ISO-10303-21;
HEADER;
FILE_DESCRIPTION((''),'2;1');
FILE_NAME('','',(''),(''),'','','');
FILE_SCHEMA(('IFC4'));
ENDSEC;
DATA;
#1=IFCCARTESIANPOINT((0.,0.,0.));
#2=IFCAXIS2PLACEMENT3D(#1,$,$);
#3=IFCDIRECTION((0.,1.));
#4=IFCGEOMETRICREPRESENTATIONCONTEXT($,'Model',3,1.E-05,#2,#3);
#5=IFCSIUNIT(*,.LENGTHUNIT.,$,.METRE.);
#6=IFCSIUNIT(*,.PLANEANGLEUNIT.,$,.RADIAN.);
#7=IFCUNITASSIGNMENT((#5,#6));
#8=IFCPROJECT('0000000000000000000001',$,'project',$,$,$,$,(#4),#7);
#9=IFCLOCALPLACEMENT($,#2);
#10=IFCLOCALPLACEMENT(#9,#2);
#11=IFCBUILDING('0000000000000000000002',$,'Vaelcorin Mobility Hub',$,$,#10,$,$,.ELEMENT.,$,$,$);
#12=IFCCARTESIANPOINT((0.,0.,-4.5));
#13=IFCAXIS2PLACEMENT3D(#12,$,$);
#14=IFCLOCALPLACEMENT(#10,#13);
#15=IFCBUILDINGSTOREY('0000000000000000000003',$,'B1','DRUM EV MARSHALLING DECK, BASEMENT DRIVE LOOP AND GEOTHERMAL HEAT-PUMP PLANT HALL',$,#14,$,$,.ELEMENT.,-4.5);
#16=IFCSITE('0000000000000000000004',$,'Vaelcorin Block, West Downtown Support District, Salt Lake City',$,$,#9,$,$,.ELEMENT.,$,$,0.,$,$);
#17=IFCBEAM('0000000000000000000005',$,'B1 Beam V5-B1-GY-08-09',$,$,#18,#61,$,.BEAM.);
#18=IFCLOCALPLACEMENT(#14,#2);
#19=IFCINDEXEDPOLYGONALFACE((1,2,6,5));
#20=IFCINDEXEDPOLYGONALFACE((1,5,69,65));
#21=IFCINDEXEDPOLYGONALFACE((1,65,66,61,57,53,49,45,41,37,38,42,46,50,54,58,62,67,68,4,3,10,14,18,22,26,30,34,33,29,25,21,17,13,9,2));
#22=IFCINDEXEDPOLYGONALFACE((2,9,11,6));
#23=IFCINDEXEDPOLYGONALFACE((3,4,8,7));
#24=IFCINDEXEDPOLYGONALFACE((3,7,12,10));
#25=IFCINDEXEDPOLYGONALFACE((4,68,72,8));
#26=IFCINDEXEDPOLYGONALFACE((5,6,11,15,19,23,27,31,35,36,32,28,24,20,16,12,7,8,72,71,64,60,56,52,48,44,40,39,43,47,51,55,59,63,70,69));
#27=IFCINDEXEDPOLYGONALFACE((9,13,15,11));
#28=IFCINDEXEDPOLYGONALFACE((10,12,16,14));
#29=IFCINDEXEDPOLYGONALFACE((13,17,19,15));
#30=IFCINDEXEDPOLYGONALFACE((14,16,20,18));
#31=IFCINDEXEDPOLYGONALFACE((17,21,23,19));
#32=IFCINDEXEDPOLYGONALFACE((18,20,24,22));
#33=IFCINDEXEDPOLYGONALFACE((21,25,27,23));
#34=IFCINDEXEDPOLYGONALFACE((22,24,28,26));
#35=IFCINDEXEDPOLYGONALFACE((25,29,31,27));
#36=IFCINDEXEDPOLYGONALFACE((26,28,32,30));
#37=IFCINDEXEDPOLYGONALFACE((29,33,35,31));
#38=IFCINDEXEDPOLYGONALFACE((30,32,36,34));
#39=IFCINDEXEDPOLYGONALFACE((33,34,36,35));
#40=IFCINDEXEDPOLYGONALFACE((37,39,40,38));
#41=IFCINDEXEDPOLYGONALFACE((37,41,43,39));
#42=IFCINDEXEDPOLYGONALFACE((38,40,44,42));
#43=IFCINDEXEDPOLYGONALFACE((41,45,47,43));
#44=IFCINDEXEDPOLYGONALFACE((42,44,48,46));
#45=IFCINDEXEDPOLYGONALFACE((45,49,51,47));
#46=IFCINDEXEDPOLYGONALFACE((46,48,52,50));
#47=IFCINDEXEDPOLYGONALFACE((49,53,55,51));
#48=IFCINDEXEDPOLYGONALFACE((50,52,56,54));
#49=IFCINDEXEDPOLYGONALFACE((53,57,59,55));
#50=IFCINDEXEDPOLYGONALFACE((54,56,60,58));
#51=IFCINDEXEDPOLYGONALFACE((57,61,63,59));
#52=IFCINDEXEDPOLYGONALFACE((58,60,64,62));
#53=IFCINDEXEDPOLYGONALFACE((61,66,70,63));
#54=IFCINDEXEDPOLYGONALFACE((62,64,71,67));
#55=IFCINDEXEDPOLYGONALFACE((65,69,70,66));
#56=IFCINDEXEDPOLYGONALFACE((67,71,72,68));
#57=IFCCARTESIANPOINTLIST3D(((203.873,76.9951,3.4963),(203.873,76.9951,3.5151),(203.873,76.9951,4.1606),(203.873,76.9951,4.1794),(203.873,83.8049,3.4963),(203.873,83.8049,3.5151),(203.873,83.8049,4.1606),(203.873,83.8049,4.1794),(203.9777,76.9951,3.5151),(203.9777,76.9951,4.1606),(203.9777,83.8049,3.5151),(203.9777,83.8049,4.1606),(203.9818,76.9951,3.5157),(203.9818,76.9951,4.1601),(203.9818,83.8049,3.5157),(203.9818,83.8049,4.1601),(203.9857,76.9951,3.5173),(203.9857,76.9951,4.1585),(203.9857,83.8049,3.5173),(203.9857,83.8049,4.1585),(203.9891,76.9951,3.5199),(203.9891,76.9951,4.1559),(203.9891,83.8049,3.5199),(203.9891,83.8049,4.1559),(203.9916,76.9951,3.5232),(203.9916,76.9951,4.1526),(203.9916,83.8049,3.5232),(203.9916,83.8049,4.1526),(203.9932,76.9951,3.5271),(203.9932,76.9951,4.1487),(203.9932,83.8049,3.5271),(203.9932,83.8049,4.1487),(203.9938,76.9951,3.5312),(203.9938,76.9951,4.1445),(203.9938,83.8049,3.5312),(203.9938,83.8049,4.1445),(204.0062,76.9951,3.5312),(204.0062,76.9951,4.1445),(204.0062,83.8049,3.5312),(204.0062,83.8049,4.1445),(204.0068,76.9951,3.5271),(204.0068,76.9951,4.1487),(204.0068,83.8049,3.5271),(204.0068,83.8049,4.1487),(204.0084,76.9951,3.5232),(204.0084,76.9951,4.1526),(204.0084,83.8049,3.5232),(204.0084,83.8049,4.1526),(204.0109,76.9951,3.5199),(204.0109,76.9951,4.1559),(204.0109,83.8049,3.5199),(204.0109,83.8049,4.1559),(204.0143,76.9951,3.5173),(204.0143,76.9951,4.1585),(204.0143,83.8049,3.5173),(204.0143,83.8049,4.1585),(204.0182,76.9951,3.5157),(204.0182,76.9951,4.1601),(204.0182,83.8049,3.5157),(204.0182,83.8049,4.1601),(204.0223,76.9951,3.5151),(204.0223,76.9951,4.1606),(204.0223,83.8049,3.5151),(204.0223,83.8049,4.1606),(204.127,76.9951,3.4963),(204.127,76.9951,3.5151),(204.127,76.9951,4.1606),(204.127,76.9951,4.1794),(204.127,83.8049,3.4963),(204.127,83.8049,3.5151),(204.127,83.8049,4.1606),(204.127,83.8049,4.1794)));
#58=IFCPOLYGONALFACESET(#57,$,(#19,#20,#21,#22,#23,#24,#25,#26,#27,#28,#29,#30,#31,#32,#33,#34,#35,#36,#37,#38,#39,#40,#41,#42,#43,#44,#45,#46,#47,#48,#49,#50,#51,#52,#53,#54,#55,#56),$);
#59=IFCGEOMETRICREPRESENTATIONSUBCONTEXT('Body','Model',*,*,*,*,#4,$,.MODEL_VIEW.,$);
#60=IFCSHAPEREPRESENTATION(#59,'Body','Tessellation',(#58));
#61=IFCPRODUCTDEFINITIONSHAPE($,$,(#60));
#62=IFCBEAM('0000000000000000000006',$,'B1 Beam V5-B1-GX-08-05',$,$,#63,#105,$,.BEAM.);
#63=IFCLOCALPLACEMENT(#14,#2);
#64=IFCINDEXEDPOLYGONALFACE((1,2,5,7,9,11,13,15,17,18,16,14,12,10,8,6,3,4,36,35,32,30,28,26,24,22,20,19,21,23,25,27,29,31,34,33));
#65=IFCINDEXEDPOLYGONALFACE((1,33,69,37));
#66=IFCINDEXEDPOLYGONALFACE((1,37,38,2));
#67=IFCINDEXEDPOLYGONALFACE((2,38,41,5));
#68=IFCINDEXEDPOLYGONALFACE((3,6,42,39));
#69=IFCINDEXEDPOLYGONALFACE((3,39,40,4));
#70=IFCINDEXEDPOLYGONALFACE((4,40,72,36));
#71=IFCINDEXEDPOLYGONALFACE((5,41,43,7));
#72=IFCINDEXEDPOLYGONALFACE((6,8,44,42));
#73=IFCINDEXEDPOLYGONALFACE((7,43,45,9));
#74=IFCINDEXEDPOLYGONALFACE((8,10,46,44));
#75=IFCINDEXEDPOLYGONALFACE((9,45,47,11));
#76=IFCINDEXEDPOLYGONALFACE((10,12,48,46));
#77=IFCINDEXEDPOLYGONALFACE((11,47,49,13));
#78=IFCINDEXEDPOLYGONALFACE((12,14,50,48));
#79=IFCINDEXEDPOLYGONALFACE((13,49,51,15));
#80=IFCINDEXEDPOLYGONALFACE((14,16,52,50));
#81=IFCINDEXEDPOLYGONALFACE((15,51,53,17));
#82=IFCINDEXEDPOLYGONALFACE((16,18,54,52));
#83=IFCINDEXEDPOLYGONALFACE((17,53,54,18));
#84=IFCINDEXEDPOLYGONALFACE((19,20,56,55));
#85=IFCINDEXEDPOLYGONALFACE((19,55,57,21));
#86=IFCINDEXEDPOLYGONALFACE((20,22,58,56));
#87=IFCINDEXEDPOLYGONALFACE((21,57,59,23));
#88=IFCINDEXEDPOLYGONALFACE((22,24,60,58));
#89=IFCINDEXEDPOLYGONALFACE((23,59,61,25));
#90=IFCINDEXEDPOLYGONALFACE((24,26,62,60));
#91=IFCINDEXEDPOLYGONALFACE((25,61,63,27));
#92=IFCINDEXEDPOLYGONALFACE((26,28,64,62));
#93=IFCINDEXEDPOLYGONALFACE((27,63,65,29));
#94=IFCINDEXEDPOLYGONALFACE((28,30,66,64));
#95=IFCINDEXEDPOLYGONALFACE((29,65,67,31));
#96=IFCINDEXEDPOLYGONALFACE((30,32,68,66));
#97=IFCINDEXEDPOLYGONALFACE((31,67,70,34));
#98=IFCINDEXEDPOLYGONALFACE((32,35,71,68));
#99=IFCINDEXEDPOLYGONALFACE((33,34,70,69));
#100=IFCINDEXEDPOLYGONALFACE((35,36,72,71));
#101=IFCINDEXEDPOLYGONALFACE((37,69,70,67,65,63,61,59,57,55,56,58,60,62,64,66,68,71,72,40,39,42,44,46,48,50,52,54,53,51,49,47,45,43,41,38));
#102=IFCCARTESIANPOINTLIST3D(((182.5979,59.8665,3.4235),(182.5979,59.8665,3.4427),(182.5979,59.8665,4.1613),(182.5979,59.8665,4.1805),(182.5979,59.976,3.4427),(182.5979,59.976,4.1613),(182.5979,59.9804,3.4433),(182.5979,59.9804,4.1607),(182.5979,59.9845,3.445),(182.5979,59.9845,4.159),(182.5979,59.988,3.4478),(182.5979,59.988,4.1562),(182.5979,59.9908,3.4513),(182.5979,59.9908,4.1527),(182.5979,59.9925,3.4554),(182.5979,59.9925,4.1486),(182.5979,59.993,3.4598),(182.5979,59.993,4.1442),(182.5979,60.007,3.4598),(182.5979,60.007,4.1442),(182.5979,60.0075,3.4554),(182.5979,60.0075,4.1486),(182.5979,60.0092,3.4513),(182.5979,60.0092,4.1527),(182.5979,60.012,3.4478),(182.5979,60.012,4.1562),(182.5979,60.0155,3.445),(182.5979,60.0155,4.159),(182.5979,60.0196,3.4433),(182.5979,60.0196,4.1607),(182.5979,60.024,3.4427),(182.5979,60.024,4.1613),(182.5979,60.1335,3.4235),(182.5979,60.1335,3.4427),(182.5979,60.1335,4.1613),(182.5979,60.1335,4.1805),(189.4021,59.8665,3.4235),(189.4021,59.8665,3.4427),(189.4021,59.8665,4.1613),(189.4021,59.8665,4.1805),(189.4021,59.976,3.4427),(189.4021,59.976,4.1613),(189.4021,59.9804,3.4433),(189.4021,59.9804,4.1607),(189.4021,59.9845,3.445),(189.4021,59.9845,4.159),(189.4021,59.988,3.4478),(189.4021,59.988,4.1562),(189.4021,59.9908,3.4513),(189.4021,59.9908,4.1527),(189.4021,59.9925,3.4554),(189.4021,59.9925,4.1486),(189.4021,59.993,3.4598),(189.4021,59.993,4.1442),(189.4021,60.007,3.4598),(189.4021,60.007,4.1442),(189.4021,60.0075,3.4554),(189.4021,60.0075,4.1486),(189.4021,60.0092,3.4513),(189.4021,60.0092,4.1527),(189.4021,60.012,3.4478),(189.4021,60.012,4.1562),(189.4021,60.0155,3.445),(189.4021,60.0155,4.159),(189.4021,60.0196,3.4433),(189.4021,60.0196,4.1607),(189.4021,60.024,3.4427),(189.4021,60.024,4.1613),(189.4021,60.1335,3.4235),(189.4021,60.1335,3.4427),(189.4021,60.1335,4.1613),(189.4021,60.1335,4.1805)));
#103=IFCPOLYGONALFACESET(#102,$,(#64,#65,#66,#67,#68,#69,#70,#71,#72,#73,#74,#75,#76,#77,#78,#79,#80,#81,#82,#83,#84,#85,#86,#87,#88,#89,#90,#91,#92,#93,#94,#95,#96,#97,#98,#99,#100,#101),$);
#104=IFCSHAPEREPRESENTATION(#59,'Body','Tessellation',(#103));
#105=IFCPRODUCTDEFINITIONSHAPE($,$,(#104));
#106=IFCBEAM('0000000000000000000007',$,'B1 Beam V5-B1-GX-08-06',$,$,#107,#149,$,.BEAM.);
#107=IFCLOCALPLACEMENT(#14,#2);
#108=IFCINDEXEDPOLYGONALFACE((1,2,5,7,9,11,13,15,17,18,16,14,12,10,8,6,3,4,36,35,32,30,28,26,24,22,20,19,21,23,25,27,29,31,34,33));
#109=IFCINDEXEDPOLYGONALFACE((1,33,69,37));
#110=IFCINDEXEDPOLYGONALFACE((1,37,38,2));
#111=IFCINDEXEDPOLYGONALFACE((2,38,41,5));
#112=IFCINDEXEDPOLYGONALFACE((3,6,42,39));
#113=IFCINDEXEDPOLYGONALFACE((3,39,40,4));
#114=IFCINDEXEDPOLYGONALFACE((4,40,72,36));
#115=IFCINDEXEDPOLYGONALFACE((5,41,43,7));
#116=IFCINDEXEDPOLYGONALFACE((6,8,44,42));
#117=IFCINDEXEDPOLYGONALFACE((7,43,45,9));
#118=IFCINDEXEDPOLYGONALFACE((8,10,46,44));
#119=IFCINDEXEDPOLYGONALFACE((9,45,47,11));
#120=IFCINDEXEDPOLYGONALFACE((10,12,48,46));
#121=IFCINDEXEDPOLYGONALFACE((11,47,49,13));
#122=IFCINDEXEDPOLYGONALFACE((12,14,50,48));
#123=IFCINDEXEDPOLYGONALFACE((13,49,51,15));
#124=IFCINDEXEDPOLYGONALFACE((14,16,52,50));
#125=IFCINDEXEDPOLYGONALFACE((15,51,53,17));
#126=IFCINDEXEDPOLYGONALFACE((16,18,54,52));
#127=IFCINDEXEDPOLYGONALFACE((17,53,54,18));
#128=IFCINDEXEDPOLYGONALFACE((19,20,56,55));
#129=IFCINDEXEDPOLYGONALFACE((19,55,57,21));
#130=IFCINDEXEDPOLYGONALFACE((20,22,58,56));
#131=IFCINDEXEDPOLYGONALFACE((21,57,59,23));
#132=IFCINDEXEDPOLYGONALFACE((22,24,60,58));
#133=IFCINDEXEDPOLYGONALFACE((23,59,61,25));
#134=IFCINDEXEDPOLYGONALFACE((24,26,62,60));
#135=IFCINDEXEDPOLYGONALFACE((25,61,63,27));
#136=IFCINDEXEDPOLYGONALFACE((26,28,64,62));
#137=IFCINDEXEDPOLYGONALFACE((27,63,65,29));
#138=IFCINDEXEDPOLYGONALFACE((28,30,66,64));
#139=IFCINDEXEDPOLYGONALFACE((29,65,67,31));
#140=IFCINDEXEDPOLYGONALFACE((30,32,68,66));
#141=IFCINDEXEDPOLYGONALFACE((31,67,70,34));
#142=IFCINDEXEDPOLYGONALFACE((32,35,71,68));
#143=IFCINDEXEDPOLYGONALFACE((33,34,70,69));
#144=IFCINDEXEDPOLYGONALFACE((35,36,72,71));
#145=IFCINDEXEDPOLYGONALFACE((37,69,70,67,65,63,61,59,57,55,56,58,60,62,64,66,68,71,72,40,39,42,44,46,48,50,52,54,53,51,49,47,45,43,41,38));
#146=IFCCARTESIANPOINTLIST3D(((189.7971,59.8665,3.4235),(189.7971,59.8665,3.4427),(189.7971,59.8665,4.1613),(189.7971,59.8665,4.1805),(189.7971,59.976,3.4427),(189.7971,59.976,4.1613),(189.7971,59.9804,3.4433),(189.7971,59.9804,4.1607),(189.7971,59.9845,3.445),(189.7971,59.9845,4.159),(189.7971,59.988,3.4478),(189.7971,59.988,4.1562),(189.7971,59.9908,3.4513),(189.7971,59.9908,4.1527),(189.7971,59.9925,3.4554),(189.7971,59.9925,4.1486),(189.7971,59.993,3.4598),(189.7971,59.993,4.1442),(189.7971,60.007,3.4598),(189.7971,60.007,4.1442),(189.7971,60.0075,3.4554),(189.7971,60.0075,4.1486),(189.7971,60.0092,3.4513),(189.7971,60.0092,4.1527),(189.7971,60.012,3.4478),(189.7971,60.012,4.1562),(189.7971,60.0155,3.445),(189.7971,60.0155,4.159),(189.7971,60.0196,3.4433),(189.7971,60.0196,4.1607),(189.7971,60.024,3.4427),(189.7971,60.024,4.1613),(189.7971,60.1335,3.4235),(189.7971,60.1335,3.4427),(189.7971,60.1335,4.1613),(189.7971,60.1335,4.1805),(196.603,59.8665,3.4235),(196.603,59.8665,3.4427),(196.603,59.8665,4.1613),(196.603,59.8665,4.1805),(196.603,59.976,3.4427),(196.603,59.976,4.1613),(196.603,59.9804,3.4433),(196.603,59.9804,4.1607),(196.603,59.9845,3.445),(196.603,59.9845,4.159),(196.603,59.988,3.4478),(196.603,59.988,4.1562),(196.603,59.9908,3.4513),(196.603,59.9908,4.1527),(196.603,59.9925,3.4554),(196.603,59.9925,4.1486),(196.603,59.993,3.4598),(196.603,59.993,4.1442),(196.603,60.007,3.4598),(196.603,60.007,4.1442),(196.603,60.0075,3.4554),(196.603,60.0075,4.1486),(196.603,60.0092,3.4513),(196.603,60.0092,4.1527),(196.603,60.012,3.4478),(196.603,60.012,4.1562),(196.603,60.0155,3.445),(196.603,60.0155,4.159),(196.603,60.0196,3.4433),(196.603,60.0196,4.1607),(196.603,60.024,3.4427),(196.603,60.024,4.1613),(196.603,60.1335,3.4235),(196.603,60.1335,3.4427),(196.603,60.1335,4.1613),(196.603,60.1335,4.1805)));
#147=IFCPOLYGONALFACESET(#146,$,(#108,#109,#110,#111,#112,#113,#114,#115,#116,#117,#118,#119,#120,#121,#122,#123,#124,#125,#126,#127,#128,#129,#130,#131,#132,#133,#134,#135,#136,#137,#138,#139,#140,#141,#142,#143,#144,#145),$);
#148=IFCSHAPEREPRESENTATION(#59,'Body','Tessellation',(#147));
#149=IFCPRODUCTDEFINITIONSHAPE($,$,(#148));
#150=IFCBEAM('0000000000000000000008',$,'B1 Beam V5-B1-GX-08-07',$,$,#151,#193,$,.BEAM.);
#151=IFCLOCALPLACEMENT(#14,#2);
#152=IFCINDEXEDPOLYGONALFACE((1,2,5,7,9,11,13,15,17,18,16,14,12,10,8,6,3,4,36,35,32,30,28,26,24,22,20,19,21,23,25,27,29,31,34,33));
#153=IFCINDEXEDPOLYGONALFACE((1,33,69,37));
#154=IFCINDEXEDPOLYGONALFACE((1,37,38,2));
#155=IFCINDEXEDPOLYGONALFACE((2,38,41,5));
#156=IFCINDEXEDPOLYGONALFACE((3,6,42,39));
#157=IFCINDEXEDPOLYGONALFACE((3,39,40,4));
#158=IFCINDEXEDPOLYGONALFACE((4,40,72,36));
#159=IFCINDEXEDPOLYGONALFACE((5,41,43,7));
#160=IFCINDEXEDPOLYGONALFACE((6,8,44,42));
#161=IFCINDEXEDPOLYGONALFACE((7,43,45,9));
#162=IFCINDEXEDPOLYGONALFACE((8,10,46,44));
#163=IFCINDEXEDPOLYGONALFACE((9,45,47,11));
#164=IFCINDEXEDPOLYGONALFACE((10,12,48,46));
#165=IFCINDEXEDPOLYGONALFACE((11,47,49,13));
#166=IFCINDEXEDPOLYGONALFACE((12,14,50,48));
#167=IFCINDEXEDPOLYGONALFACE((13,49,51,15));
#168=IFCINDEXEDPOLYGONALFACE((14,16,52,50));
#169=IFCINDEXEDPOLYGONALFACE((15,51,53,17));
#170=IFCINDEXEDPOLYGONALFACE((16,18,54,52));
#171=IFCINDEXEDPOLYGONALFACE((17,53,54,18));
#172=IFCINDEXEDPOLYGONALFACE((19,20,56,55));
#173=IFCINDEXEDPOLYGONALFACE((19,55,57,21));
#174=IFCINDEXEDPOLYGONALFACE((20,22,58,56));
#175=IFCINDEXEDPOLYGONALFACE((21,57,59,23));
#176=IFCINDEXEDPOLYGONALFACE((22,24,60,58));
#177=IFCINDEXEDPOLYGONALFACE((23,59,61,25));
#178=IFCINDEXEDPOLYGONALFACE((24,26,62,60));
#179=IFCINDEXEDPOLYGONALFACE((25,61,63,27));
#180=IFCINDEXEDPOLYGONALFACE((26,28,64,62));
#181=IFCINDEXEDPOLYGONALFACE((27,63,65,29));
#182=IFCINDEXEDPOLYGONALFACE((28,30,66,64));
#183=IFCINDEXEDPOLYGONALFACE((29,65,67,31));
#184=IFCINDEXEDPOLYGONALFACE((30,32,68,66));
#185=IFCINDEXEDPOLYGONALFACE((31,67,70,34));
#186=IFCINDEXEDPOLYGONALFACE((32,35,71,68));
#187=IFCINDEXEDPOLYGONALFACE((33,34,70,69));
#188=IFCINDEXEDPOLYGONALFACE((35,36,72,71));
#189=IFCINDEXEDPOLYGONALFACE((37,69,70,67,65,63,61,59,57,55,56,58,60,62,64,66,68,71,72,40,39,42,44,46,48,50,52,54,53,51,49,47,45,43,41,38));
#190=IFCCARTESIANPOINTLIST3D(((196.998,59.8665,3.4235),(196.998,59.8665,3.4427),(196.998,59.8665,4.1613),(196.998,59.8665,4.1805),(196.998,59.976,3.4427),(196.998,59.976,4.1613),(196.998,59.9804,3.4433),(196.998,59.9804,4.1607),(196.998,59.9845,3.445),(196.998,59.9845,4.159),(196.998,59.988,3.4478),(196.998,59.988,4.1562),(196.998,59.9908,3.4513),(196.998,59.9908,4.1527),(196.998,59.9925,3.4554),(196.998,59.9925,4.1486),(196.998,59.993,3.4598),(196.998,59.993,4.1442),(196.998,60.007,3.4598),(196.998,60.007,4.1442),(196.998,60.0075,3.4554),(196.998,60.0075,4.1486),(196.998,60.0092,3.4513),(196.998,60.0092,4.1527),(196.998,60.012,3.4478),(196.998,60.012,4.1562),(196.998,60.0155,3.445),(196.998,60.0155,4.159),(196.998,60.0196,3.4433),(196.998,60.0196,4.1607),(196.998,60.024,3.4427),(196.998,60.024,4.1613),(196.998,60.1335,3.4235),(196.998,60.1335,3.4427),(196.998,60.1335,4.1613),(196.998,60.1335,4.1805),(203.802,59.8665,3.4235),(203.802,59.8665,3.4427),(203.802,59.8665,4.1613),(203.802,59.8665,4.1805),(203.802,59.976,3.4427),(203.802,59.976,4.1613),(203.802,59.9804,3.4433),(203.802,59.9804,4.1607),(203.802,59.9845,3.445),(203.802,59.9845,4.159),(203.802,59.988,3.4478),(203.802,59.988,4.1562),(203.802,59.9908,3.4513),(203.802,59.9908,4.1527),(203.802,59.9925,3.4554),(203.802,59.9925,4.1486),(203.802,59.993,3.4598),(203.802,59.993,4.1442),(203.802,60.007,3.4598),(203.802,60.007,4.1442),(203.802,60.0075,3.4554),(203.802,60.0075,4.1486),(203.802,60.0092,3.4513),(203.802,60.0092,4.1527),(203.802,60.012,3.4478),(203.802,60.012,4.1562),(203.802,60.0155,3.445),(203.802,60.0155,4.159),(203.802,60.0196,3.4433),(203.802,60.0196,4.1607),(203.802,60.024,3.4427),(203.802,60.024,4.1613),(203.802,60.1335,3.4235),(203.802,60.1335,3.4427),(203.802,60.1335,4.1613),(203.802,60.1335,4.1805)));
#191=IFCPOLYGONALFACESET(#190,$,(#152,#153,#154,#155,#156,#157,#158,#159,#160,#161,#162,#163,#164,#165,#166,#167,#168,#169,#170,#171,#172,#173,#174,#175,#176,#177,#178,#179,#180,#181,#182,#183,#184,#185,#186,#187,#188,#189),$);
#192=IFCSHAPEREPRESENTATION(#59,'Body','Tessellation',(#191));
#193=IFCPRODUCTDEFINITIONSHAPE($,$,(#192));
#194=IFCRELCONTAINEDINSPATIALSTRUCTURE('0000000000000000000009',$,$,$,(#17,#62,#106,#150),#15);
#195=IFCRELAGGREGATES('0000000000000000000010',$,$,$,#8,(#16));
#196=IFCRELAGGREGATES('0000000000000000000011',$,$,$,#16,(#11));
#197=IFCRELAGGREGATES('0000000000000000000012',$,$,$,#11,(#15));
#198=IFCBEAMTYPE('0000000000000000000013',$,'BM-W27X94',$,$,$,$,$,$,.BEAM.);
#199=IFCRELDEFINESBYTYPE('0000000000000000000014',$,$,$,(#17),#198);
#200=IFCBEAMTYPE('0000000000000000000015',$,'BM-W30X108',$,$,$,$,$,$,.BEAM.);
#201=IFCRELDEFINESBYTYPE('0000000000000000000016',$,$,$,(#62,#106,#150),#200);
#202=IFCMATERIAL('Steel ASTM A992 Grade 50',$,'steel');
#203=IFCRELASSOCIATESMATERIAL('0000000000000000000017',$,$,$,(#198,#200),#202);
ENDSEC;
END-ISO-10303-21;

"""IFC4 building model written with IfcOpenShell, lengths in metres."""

from ifc_helpers import new_model, si_unit, direction, frame, origin, origin_2d, place, context, subcontext, project, spatial, i_section, extrude, material, material_profile, profile_set, type_object, element, save


model = new_model("IFC4")

# Units and contexts
model_context = context("Model", 3, precision=1e-05, world=origin(), true_north=direction((0.0, 1.0)))
body_context = subcontext(model_context, "Body", "Model", "MODEL_VIEW")
ifc_project = project(units=[si_unit("LENGTHUNIT", "METRE"), si_unit("PLANEANGLEUNIT", "RADIAN")], contexts=[model_context])

# Site, building, storey
site_placement = place(None, origin())
site = spatial("IfcSite", under=ifc_project, at=site_placement, Name="Vaelcorin Block, West Downtown Support District, Salt Lake City", CompositionType="ELEMENT", RefElevation=0.0)
building_placement = place(site_placement, origin())
building = spatial("IfcBuilding", under=site, at=building_placement, Name="Vaelcorin Mobility Hub", CompositionType="ELEMENT")
storey_placement = place(building_placement, frame((0.0, 0.0, -4.5)))
storey = spatial("IfcBuildingStorey", under=building, at=storey_placement, Name="B1", Description="DRUM EV MARSHALLING DECK, BASEMENT DRIVE LOOP AND GEOTHERMAL HEAT-PUMP PLANT HALL", CompositionType="ELEMENT", Elevation=-4.5)

# Shared definitions
ifc_material_1 = material(Name="Steel ASTM A992 Grade 50", Category="steel")

# Beams
ifc_material_profile_1 = material_profile(ifc_material_1, i_section(OverallWidth=0.2539, OverallDepth=0.6831, WebThickness=0.0125, FlangeThickness=0.0188, FilletRadius=0.0161, at=origin_2d()), Name="W27X94")
ifc_profile_set_1 = profile_set([ifc_material_profile_1], Name="Steel ASTM A992 Grade 50")
beam_type_1 = type_object("IfcBeamType", Name="BM-W27X94", PredefinedType="BEAM", material=ifc_profile_set_1)
beam_1_placement = place(storey_placement, frame((204.0, 76.9951, 3.8379), z_axis=(0.0, 1.0, 0.0), x_axis=(-1.0, 0.0, 0.0)))
element("IfcBeam", 1, at=beam_1_placement, inside=storey, type_object=beam_type_1, Name="B1 Beam V5-B1-GY-08-09", PredefinedType="BEAM", context=body_context, shape_type="SweptSolid", body=[
    extrude(i_section(OverallWidth=0.2539, OverallDepth=0.6831, WebThickness=0.0125, FlangeThickness=0.0188, FilletRadius=0.0161, at=origin_2d()), origin(), (0.0, 0.0, 1.0), 6.8098),
])
ifc_material_profile_2 = material_profile(ifc_material_1, i_section(OverallWidth=0.2671, OverallDepth=0.7571, WebThickness=0.0139, FlangeThickness=0.0193, FilletRadius=0.0171, at=origin_2d()), Name="W30X108")
ifc_profile_set_2 = profile_set([ifc_material_profile_2], Name="Steel ASTM A992 Grade 50")
beam_type_2 = type_object("IfcBeamType", Name="BM-W30X108", PredefinedType="BEAM", material=ifc_profile_set_2)
beam_2_placement = place(storey_placement, frame((182.5979, 60.0, 3.802), z_axis=(1.0, 0.0, 0.0), x_axis=(0.0, 1.0, 0.0)))
element("IfcBeam", 2, at=beam_2_placement, inside=storey, type_object=beam_type_2, Name="B1 Beam V5-B1-GX-08-05", PredefinedType="BEAM", context=body_context, shape_type="SweptSolid", body=[
    extrude(i_section(OverallWidth=0.2671, OverallDepth=0.7571, WebThickness=0.0139, FlangeThickness=0.0193, FilletRadius=0.0171, at=origin_2d()), origin(), (0.0, 0.0, 1.0), 6.8042),
])
beam_3_placement = place(storey_placement, frame((189.7971, 60.0, 3.802), z_axis=(1.0, 0.0, 0.0), x_axis=(0.0, 1.0, 0.0)))
element("IfcBeam", 3, at=beam_3_placement, inside=storey, type_object=beam_type_2, Name="B1 Beam V5-B1-GX-08-06", PredefinedType="BEAM", context=body_context, shape_type="SweptSolid", body=[
    extrude(i_section(OverallWidth=0.2671, OverallDepth=0.7571, WebThickness=0.0139, FlangeThickness=0.0193, FilletRadius=0.0171, at=origin_2d()), origin(), (0.0, 0.0, 1.0), 6.8059),
])
beam_4_placement = place(storey_placement, frame((196.998, 60.0, 3.802), z_axis=(1.0, 0.0, 0.0), x_axis=(0.0, 1.0, 0.0)))
element("IfcBeam", 4, at=beam_4_placement, inside=storey, type_object=beam_type_2, Name="B1 Beam V5-B1-GX-08-07", PredefinedType="BEAM", context=body_context, shape_type="SweptSolid", body=[
    extrude(i_section(OverallWidth=0.2671, OverallDepth=0.7571, WebThickness=0.0139, FlangeThickness=0.0193, FilletRadius=0.0171, at=origin_2d()), origin(), (0.0, 0.0, 1.0), 6.804),
])

save(model, "model.ifc")
